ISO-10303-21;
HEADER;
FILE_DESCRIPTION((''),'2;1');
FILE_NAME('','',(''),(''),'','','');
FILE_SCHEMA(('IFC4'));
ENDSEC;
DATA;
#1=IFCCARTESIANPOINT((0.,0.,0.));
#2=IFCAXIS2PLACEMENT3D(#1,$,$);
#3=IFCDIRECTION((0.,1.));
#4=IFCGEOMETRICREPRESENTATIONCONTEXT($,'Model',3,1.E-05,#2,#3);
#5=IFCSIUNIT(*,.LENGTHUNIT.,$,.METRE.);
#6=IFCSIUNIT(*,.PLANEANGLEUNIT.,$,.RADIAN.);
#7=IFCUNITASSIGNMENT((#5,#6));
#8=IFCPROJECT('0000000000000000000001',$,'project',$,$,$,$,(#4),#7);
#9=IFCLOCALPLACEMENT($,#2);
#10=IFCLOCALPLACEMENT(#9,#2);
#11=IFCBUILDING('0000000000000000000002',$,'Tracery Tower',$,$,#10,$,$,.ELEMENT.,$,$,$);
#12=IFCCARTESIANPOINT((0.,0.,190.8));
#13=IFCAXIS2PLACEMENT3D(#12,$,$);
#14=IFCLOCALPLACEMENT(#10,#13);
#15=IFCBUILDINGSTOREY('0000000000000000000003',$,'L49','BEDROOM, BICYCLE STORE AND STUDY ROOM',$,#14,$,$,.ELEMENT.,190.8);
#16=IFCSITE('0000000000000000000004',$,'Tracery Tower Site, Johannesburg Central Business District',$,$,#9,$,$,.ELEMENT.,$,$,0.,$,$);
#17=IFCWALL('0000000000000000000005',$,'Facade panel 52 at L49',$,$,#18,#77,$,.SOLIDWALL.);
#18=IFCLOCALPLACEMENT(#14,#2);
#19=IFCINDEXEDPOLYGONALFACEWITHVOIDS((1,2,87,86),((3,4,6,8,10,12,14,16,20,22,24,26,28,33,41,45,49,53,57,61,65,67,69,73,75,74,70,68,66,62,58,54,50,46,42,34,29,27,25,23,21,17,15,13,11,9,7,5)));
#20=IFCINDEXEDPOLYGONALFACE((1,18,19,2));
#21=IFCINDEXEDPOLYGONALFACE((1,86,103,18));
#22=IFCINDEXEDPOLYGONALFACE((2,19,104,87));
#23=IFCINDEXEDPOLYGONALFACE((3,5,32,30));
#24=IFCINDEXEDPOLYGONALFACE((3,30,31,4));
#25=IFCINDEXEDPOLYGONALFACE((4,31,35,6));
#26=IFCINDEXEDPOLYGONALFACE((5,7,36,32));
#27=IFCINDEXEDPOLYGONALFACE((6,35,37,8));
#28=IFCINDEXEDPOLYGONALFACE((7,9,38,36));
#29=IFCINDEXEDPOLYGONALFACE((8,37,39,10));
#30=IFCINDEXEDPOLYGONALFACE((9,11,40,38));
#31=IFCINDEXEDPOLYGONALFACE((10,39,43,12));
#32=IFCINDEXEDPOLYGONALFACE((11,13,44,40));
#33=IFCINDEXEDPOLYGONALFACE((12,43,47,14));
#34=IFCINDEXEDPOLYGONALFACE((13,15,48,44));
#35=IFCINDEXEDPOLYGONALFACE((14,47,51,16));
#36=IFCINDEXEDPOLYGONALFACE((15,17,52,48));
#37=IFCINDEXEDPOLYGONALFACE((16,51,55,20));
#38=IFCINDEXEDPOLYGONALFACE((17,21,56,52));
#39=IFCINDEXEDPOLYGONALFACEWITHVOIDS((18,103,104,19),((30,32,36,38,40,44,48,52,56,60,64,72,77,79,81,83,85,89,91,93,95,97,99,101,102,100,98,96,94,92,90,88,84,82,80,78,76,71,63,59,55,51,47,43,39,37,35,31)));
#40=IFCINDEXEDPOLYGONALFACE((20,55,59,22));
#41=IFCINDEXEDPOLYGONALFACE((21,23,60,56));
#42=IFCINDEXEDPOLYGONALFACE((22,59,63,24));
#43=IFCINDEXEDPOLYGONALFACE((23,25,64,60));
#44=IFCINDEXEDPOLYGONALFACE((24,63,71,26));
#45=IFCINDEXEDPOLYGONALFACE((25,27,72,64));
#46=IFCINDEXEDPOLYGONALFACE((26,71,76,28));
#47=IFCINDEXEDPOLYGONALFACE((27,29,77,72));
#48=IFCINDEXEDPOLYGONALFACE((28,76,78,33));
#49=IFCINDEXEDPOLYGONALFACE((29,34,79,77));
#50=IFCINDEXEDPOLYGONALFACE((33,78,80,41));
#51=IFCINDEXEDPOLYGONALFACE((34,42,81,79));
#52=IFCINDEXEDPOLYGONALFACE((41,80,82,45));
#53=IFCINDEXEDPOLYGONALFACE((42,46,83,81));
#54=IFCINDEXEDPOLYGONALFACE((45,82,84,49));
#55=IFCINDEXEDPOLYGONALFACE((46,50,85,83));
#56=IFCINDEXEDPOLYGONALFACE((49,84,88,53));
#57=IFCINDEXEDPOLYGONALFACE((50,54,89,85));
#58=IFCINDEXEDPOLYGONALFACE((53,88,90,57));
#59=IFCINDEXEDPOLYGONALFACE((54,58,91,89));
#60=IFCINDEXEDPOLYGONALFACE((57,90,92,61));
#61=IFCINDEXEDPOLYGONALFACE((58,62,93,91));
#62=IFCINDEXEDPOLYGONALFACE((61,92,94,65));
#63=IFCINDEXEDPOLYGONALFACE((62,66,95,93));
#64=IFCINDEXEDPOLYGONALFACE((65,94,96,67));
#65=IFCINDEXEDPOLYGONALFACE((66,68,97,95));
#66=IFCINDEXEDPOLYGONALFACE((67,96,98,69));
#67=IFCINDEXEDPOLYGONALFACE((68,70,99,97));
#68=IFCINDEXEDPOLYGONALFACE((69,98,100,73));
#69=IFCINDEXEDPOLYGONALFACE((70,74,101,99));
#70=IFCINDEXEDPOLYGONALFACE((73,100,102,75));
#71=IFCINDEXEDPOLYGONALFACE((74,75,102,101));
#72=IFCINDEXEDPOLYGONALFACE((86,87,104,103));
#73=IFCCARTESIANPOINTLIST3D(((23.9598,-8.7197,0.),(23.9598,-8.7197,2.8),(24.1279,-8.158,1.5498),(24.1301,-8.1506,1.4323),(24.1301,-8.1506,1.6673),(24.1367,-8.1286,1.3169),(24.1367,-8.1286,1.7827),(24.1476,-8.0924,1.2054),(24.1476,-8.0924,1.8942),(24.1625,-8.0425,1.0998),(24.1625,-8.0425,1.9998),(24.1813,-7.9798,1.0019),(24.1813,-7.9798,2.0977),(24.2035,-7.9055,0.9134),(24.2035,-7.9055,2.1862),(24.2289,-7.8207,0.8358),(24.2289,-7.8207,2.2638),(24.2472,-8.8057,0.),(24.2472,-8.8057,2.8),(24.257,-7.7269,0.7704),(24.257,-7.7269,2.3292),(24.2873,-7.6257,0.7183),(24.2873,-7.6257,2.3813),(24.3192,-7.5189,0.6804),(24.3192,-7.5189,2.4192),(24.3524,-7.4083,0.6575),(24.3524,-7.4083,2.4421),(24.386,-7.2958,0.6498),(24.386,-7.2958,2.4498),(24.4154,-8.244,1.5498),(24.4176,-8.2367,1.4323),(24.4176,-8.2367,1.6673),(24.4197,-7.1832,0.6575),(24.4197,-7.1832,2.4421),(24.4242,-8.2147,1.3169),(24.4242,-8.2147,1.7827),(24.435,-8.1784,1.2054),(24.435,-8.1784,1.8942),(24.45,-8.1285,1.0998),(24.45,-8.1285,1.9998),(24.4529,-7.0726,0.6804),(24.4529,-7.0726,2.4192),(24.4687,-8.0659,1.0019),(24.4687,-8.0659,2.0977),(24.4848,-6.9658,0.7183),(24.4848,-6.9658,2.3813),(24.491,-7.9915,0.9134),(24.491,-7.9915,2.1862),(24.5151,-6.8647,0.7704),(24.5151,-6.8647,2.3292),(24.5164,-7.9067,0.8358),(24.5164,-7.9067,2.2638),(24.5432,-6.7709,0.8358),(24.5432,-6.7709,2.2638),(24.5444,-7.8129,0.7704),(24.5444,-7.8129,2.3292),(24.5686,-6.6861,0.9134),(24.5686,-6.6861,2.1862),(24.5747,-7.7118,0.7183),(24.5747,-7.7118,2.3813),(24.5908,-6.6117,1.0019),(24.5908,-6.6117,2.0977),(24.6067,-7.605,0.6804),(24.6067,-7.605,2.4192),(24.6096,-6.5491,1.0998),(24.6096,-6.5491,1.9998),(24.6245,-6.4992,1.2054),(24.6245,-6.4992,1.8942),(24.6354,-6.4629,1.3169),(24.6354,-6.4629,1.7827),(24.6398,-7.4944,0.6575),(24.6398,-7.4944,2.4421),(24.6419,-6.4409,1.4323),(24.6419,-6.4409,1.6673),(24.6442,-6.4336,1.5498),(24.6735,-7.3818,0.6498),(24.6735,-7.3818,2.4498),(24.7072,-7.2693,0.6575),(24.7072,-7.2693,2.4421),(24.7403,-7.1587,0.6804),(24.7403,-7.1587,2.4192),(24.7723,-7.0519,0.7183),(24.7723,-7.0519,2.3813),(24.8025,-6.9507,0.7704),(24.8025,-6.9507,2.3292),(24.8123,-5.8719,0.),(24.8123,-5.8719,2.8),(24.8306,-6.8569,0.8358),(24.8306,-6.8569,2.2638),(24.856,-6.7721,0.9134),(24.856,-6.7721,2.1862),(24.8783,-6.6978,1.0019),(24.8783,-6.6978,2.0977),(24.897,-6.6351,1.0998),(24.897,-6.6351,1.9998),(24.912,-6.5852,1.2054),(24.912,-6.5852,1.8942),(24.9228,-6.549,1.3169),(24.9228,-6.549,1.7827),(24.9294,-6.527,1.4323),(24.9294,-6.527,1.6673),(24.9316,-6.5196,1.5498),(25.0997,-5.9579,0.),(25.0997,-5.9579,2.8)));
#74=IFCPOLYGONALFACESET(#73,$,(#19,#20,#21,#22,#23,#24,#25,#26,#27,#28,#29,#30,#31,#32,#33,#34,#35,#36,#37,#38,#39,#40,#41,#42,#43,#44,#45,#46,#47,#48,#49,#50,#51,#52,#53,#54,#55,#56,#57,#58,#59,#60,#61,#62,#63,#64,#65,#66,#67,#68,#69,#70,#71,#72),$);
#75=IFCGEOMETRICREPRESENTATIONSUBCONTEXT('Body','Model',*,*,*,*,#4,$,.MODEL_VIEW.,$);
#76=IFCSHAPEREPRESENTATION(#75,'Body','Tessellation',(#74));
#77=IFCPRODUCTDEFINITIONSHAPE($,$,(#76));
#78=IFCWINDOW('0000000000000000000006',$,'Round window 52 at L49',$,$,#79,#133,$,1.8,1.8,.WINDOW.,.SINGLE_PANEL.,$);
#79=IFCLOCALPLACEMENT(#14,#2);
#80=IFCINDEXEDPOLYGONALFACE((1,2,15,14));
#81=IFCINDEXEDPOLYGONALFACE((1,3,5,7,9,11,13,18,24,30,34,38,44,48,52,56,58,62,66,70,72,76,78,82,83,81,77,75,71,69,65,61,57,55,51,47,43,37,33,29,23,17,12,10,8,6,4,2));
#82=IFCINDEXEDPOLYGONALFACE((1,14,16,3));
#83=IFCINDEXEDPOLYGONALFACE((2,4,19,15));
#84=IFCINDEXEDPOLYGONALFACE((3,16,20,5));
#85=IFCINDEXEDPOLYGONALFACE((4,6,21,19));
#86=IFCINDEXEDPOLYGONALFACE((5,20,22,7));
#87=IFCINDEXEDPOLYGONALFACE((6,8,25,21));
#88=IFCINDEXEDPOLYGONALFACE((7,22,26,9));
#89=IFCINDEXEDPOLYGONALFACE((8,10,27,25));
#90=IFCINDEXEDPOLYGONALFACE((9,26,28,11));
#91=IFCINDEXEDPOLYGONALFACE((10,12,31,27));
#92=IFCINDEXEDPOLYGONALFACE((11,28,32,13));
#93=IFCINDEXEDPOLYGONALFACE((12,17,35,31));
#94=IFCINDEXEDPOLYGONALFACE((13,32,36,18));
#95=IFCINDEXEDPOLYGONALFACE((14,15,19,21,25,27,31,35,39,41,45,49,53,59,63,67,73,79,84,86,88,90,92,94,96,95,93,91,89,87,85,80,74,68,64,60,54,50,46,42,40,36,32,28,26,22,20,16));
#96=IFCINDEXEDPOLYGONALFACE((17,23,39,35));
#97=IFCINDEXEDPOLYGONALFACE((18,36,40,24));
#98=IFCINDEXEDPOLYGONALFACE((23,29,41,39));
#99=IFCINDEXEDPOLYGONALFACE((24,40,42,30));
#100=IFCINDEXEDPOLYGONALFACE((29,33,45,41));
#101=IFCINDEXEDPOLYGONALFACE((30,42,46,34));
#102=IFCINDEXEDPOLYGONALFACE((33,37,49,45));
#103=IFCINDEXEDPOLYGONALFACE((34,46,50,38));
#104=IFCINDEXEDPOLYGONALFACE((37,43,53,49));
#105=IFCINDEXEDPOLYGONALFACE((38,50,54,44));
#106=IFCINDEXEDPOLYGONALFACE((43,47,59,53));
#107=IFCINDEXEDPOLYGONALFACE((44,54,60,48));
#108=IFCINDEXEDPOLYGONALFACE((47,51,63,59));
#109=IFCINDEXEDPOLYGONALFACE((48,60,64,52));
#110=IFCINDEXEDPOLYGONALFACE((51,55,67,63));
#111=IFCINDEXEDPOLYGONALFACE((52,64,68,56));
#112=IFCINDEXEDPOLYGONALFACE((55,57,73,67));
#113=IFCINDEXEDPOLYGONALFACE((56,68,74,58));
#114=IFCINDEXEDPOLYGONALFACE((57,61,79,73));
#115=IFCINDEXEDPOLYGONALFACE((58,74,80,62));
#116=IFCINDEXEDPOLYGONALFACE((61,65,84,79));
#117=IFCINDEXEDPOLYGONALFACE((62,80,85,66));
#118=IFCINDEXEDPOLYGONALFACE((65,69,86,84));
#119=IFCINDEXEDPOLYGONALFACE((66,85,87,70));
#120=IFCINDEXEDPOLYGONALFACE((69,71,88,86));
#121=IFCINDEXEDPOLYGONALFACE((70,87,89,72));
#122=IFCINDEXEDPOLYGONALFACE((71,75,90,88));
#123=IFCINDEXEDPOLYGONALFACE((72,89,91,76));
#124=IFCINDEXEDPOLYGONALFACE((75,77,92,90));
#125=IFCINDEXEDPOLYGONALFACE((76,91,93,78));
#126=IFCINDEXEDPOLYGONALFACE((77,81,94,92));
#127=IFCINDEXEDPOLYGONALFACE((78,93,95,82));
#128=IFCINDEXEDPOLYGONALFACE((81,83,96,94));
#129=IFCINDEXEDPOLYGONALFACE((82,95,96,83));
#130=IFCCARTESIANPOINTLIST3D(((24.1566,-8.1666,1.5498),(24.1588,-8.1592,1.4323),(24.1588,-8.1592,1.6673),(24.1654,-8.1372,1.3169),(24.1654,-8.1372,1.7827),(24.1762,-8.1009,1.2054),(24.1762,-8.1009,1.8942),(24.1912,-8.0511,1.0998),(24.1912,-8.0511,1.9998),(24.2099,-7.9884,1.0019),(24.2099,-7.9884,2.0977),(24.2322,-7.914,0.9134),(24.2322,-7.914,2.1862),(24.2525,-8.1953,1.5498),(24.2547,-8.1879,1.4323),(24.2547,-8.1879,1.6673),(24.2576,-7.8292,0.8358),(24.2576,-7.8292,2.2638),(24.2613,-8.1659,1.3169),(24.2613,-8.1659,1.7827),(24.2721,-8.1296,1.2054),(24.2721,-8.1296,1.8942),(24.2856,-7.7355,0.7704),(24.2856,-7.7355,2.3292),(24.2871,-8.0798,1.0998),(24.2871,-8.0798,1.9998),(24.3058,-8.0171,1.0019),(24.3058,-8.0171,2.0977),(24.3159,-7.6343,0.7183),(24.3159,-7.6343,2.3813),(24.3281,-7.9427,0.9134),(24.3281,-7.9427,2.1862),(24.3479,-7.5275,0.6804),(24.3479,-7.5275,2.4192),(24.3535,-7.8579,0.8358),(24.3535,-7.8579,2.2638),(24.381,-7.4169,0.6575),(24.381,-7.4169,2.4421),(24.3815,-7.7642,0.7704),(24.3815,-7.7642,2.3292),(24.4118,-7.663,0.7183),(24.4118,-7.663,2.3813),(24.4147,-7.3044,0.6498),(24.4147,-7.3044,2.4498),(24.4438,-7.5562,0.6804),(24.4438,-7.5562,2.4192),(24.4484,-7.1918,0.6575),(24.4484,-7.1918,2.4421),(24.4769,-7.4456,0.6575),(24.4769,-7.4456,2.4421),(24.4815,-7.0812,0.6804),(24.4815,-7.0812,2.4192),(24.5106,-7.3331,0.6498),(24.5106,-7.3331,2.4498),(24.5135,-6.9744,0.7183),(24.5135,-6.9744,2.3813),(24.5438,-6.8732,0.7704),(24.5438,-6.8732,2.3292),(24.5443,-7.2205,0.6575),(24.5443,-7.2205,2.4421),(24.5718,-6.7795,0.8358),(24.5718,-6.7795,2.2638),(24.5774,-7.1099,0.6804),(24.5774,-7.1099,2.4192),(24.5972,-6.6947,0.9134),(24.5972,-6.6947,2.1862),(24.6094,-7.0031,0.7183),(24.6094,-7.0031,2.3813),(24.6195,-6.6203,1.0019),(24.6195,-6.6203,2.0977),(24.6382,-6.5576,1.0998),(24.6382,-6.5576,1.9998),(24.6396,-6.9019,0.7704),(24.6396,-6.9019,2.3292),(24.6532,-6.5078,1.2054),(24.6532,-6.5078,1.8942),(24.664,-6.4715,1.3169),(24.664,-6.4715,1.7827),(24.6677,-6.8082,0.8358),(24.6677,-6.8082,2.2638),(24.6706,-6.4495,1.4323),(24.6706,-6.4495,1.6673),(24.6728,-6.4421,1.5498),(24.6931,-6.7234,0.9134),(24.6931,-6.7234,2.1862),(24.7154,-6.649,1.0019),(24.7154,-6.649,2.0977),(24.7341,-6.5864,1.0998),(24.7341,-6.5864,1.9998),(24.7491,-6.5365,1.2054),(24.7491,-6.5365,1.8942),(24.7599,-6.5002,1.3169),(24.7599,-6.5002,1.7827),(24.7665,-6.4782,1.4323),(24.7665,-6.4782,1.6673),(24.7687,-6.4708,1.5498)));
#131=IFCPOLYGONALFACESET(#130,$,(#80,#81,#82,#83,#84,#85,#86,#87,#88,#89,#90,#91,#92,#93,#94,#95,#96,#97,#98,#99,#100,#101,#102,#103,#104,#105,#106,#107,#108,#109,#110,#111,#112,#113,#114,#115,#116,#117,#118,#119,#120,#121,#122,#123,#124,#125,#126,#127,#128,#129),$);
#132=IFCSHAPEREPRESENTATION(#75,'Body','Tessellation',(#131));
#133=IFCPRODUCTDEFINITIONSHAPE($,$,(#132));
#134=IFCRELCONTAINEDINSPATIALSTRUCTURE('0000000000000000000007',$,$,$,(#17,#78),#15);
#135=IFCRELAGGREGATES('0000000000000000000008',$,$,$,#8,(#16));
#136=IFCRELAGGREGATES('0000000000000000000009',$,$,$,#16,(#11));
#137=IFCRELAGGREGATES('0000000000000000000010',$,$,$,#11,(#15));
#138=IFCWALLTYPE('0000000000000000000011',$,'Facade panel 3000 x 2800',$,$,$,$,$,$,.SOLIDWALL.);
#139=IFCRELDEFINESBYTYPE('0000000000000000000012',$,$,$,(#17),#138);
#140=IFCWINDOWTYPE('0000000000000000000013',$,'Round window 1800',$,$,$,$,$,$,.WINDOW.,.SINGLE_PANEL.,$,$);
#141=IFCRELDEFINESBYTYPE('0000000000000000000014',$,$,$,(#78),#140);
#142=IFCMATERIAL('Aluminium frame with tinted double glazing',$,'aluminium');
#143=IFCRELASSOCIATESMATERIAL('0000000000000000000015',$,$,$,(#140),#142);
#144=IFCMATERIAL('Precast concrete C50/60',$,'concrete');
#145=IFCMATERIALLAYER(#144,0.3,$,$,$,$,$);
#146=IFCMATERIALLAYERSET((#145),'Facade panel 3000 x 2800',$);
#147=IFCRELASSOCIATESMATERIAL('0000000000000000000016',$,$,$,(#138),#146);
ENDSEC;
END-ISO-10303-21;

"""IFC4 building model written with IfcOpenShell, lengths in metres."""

from ifc_helpers import new_model, si_unit, direction, frame, frame_2d, origin, origin_2d, place, context, subcontext, project, spatial, rectangle, circle, extrude, material, layer, layer_set, type_object, element, fill, save


model = new_model("IFC4")

# Units and contexts
model_context = context("Model", 3, precision=1e-05, world=origin(), true_north=direction((0.0, 1.0)))
body_context = subcontext(model_context, "Body", "Model", "MODEL_VIEW")
ifc_project = project(units=[si_unit("LENGTHUNIT", "METRE"), si_unit("PLANEANGLEUNIT", "RADIAN")], contexts=[model_context])

# Site, building, storey
site_placement = place(None, origin())
site = spatial("IfcSite", under=ifc_project, at=site_placement, Name="Tracery Tower Site, Johannesburg Central Business District", CompositionType="ELEMENT", RefElevation=0.0)
building_placement = place(site_placement, origin())
building = spatial("IfcBuilding", under=site, at=building_placement, Name="Tracery Tower", CompositionType="ELEMENT")
storey_placement = place(building_placement, frame((0.0, 0.0, 190.8)))
storey = spatial("IfcBuildingStorey", under=building, at=storey_placement, Name="L49", Description="BEDROOM, BICYCLE STORE AND STUDY ROOM", CompositionType="ELEMENT", Elevation=190.8)

# Wall, opening, window
ifc_material_1 = material(Name="Aluminium frame with tinted double glazing", Category="aluminium")
window_type = type_object("IfcWindowType", Name="Round window 1800", PartitioningType="SINGLE_PANEL", PredefinedType="WINDOW", material=ifc_material_1)
ifc_material_2 = material(Name="Precast concrete C50/60", Category="concrete")
ifc_layer_1 = layer(ifc_material_2, 0.3)
ifc_layer_set_1 = layer_set([ifc_layer_1], Name="Facade panel 3000 x 2800")
wall_type_1 = type_object("IfcWallType", Name="Facade panel 3000 x 2800", PredefinedType="SOLIDWALL", material=ifc_layer_set_1)
wall_1_placement = place(storey_placement, frame((24.1035, -8.7627, 0.0), z_axis=(0.0, 0.0, 1.0), x_axis=(0.286783, 0.957996, 0.0)))
wall_1 = element("IfcWall", 1, at=wall_1_placement, inside=storey, type_object=wall_type_1, Name="Facade panel 52 at L49", PredefinedType="SOLIDWALL", context=body_context, shape_type="SweptSolid", body=[
    extrude(rectangle(XDim=2.9727, YDim=0.3, at=frame_2d((1.4863, 0.0))), origin(), (0.0, 0.0, 1.0), 2.8),
])
opening_1_placement = place(wall_1_placement, frame((1.4863, 0.0, 1.5498)))
opening_1 = element("IfcOpeningElement", 2, at=opening_1_placement, cuts=wall_1, PredefinedType="OPENING", context=body_context, shape_type="SweptSolid", body=[
    extrude(circle(Radius=0.9, at=origin_2d()), frame((0.0, 0.1599, 0.0), z_axis=(0.0, -1.0, 0.0), x_axis=(1.0, 0.0, 0.0)), (0.0, 0.0, 1.0), 0.3201),
])
window_1_placement = place(opening_1_placement, origin())
window_1 = element("IfcWindow", 3, at=window_1_placement, inside=storey, type_object=window_type, Name="Round window 52 at L49", OverallHeight=1.8, OverallWidth=1.8, PartitioningType="SINGLE_PANEL", PredefinedType="WINDOW", context=body_context, shape_type="SweptSolid", body=[
    extrude(circle(Radius=0.9, at=origin_2d()), frame((0.0, 0.1201, 0.0), z_axis=(0.0, -1.0, 0.0), x_axis=(1.0, 0.0, 0.0)), (0.0, 0.0, 1.0), 0.1001),
])
fill(opening_1, window_1)

save(model, "model.ifc")
